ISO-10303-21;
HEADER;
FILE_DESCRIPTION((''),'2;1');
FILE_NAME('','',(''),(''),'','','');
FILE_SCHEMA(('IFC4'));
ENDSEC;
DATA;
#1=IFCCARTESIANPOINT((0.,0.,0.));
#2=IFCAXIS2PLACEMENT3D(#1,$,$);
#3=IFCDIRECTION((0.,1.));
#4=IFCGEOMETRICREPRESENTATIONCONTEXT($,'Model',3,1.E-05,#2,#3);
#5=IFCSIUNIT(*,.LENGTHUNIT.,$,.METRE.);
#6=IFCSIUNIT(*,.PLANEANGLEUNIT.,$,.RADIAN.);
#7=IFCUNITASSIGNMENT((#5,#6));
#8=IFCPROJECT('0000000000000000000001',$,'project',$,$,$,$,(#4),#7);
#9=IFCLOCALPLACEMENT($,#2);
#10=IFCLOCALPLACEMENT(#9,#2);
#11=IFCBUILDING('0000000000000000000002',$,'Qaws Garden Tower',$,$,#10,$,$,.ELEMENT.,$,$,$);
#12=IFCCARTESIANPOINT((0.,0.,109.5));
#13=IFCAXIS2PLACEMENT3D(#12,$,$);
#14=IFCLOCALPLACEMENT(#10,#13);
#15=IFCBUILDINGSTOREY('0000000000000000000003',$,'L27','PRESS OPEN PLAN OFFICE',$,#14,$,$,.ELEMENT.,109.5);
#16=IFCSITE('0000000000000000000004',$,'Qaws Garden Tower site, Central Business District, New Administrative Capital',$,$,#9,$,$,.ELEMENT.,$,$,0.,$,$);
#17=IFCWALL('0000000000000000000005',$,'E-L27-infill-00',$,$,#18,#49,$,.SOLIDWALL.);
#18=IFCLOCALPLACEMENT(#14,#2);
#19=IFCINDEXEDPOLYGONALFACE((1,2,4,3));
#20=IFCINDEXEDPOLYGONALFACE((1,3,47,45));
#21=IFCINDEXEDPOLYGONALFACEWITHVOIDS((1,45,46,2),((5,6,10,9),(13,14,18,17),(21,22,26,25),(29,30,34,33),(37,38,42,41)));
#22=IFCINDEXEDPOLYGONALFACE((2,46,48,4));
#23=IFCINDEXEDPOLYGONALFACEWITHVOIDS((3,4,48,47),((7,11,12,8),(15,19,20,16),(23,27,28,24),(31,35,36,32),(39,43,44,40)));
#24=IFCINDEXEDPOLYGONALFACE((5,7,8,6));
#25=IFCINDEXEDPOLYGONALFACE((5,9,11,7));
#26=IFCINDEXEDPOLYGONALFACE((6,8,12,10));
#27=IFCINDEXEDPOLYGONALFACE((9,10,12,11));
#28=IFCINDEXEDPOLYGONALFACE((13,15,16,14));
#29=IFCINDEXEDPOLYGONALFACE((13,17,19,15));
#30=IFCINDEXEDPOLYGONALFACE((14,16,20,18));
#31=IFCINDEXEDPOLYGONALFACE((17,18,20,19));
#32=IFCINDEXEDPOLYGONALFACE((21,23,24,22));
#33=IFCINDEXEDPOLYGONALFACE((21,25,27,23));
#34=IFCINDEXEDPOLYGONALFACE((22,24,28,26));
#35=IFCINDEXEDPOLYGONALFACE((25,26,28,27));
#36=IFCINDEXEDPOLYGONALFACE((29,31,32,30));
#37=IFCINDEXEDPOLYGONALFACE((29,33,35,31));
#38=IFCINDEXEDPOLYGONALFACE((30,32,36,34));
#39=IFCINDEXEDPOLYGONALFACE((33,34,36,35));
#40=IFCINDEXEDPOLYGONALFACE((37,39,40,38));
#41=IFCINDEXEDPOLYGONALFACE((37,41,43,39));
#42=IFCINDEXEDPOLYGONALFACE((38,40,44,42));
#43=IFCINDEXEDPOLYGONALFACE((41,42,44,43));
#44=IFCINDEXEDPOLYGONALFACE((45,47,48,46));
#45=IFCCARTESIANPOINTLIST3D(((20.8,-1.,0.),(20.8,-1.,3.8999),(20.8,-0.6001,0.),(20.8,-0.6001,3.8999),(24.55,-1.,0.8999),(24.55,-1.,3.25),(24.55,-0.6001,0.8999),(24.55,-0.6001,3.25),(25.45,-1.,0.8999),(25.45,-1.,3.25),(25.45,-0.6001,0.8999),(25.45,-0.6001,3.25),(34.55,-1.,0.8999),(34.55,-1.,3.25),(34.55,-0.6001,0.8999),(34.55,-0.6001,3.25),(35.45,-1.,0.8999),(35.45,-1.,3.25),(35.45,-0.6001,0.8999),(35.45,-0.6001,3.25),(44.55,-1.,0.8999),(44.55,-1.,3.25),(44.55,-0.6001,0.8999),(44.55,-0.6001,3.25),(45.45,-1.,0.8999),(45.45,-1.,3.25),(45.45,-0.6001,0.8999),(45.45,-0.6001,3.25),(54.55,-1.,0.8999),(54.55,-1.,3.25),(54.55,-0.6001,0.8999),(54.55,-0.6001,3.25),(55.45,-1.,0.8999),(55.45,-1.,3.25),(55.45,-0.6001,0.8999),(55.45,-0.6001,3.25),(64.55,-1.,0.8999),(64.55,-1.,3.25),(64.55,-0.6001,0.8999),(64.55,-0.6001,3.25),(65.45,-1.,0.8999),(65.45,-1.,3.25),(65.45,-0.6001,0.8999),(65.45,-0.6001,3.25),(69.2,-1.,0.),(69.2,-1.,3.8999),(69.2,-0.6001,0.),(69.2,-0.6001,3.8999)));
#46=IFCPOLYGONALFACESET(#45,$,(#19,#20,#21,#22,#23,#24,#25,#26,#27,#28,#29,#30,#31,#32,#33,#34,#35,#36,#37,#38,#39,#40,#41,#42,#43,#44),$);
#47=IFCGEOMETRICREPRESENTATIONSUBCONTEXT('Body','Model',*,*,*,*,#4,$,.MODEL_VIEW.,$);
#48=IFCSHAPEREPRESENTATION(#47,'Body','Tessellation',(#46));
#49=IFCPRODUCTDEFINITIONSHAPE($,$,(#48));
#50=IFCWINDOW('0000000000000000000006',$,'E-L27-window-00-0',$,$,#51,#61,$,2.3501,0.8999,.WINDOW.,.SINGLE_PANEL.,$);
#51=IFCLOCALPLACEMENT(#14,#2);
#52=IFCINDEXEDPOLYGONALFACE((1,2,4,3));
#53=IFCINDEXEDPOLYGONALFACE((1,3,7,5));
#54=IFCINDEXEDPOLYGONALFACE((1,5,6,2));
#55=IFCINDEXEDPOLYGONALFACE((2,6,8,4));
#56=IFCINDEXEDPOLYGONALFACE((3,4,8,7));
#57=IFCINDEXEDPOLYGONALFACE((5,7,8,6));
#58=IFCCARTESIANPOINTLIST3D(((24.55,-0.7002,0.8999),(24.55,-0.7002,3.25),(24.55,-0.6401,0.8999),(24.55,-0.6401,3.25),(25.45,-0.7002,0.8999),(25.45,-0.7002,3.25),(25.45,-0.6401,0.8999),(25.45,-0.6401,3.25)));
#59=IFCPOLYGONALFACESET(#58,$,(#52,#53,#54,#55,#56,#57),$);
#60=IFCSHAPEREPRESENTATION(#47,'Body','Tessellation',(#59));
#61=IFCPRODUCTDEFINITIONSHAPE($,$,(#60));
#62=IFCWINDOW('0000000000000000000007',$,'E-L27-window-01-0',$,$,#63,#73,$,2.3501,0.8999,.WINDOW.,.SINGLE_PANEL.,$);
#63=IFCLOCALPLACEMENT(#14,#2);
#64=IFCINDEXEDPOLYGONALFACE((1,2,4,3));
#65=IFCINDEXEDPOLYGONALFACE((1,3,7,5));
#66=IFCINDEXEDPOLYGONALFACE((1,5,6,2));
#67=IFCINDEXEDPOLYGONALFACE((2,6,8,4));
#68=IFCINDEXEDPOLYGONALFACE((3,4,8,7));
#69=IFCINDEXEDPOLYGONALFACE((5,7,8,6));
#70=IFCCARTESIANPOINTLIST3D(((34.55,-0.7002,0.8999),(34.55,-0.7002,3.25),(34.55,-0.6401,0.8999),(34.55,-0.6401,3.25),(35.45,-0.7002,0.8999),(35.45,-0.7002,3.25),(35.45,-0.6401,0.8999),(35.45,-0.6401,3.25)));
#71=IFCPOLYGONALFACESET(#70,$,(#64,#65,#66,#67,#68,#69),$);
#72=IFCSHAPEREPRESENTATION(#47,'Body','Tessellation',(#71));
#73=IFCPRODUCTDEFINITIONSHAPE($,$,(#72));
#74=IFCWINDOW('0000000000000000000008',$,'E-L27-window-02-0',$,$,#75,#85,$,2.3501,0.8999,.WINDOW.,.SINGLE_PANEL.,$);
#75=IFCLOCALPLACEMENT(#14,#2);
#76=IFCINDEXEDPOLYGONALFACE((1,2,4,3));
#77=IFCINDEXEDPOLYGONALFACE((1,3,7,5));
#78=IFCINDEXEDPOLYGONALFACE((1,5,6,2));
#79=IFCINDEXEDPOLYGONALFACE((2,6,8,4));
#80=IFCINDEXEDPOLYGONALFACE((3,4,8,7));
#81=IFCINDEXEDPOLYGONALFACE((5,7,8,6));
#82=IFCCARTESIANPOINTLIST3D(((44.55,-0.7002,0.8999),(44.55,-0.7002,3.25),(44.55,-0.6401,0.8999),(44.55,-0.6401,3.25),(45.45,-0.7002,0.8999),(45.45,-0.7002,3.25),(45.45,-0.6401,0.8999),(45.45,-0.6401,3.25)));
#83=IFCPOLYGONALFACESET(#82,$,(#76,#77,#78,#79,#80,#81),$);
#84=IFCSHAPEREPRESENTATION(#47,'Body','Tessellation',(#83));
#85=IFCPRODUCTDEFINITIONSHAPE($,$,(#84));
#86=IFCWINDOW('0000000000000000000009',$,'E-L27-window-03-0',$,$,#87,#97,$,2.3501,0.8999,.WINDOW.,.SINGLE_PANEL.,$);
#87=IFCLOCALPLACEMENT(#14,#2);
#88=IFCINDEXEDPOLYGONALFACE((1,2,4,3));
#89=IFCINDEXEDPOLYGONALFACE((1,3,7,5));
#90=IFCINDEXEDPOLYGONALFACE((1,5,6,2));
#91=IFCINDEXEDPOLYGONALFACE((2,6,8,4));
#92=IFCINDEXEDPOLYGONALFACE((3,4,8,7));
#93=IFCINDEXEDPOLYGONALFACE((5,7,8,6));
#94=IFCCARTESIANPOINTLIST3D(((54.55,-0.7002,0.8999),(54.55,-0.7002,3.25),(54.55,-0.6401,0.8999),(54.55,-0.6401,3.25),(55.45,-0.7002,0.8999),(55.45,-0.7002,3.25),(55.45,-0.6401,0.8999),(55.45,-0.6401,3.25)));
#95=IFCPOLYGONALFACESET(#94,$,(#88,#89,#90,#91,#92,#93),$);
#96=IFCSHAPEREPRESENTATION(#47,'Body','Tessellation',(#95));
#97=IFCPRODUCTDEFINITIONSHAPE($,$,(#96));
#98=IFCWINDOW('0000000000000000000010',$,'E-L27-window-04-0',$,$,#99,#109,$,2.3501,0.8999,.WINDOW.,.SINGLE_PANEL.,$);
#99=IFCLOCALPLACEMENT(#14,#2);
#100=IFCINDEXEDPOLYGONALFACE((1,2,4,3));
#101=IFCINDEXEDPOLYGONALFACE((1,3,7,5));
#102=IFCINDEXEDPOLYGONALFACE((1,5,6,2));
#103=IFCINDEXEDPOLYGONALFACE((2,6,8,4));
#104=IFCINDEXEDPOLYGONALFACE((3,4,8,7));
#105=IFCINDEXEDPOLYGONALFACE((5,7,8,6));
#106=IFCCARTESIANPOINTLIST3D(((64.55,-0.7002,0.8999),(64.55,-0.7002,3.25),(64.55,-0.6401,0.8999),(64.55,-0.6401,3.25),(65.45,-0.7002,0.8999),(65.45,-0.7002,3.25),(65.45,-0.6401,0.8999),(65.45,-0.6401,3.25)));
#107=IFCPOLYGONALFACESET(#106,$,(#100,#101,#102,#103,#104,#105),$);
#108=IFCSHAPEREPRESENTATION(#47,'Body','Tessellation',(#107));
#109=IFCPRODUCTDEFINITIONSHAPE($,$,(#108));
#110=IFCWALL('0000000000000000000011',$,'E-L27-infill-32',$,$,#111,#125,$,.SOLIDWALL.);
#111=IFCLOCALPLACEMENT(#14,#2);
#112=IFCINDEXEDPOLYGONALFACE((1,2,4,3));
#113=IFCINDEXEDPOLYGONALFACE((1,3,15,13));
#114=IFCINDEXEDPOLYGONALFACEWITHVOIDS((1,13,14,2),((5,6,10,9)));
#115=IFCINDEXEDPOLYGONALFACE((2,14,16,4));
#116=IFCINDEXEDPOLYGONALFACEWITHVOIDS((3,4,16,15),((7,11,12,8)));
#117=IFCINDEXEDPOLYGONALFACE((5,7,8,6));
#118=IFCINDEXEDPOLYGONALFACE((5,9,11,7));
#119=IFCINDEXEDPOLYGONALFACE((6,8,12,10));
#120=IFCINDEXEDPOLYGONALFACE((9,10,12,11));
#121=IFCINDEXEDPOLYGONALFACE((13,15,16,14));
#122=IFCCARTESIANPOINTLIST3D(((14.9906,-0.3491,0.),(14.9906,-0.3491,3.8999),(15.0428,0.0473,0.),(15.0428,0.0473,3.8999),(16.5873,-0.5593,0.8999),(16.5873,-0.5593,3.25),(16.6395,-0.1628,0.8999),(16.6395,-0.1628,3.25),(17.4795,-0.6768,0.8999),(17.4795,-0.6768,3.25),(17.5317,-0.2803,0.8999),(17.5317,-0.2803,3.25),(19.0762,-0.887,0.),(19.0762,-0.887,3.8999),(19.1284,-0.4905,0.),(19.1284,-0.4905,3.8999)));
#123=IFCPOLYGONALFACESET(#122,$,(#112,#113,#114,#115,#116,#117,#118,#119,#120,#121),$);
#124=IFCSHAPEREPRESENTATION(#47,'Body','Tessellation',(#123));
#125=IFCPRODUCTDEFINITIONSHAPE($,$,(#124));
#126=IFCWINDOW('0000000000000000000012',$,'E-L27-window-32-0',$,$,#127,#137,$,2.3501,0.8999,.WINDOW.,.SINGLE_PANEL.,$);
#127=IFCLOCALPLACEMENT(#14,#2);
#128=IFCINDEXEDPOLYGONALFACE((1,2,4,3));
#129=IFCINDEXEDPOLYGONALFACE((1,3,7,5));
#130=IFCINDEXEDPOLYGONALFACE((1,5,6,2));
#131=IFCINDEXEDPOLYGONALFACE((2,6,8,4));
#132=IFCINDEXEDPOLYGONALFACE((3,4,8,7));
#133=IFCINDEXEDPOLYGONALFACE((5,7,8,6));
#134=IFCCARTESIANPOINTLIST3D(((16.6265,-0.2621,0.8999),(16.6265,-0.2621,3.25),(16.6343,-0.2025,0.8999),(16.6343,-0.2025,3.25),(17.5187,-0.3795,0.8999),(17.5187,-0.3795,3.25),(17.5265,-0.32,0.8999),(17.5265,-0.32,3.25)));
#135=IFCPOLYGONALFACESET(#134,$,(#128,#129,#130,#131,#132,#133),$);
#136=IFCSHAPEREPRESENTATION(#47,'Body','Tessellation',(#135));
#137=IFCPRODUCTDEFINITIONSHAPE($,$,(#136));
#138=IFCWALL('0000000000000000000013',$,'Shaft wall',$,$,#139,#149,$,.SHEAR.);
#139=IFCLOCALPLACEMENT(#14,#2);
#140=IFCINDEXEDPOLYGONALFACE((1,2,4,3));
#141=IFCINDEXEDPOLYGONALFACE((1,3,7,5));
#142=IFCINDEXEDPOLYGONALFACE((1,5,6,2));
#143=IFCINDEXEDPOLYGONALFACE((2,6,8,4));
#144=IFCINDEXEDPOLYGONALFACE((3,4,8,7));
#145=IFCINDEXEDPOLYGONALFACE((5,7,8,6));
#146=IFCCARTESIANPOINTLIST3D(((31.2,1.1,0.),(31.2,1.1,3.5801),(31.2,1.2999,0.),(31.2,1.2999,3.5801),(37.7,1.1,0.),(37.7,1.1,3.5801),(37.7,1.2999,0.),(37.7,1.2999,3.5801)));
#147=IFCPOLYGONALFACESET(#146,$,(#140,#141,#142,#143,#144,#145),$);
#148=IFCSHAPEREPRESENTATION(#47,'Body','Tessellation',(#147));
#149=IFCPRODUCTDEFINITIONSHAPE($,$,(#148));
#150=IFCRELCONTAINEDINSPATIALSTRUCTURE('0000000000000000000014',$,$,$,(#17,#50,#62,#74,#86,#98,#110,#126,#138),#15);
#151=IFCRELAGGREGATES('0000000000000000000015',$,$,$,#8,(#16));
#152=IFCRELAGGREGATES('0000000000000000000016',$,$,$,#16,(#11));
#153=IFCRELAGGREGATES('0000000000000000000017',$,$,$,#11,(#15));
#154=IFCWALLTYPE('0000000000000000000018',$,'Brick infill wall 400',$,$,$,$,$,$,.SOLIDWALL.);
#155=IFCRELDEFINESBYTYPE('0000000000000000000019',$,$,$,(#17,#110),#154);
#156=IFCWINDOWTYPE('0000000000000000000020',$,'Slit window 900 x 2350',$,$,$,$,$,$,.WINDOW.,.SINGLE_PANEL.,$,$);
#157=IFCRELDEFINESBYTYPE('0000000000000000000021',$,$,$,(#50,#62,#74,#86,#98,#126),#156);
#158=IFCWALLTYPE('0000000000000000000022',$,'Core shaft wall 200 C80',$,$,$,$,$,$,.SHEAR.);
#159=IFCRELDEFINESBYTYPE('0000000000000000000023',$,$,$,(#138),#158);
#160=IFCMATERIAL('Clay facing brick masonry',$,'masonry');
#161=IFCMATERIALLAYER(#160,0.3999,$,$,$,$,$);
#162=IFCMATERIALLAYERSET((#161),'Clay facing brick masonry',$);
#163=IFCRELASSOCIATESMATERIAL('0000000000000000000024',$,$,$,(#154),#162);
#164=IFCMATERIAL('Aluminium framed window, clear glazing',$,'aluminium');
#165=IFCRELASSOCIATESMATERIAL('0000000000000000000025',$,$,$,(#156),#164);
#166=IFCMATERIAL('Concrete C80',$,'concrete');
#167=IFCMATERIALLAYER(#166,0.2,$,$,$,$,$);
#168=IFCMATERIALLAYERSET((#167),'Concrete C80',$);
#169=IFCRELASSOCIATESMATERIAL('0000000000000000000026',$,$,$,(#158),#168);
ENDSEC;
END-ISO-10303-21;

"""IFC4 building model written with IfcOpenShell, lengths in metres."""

from ifc_helpers import new_model, si_unit, direction, frame, frame_2d, origin, place, context, subcontext, project, spatial, rectangle, extrude, material, layer, layer_set, type_object, element, fill, save


model = new_model("IFC4")

# Units and contexts
model_context = context("Model", 3, precision=1e-05, world=origin(), true_north=direction((0.0, 1.0)))
body_context = subcontext(model_context, "Body", "Model", "MODEL_VIEW")
ifc_project = project(units=[si_unit("LENGTHUNIT", "METRE"), si_unit("PLANEANGLEUNIT", "RADIAN")], contexts=[model_context])

# Site, building, storey
site_placement = place(None, origin())
site = spatial("IfcSite", under=ifc_project, at=site_placement, Name="Qaws Garden Tower site, Central Business District, New Administrative Capital", CompositionType="ELEMENT", RefElevation=0.0)
building_placement = place(site_placement, origin())
building = spatial("IfcBuilding", under=site, at=building_placement, Name="Qaws Garden Tower", CompositionType="ELEMENT")
storey_placement = place(building_placement, frame((0.0, 0.0, 109.5)))
storey = spatial("IfcBuildingStorey", under=building, at=storey_placement, Name="L27", Description="PRESS OPEN PLAN OFFICE", CompositionType="ELEMENT", Elevation=109.5)

# Wall, openings, windows
ifc_material_1 = material(Name="Clay facing brick masonry", Category="masonry")
ifc_layer_1 = layer(ifc_material_1, 0.3999)
ifc_layer_set_1 = layer_set([ifc_layer_1], Name="Clay facing brick masonry")
wall_type_1 = type_object("IfcWallType", Name="Brick infill wall 400", PredefinedType="SOLIDWALL", material=ifc_layer_set_1)
wall_1_placement = place(storey_placement, frame((20.8, -0.8, 0.0), z_axis=(0.0, 0.0, 1.0), x_axis=(1.0, 0.0, 0.0)))
wall_1 = element("IfcWall", 1, at=wall_1_placement, inside=storey, type_object=wall_type_1, Name="E-L27-infill-00", PredefinedType="SOLIDWALL", context=body_context, shape_type="SweptSolid", body=[
    extrude(rectangle(XDim=48.3999, YDim=0.3999, at=frame_2d((24.2, 0.0))), origin(), (0.0, 0.0, 1.0), 3.8999),
])
opening_1_placement = place(wall_1_placement, frame((3.75, 0.0, 0.8999)))
opening_1 = element("IfcOpeningElement", 2, at=opening_1_placement, cuts=wall_1, PredefinedType="OPENING", context=body_context, shape_type="SweptSolid", body=[
    extrude(rectangle(XDim=0.8999, YDim=2.3501, at=frame_2d((0.45, 1.175))), frame((0.0, 0.21, 0.0), z_axis=(0.0, -1.0, 0.0), x_axis=(1.0, 0.0, 0.0)), (0.0, 0.0, 1.0), 0.4199),
])
opening_2_placement = place(wall_1_placement, frame((13.75, 0.0, 0.8999)))
opening_2 = element("IfcOpeningElement", 3, at=opening_2_placement, cuts=wall_1, PredefinedType="OPENING", context=body_context, shape_type="SweptSolid", body=[
    extrude(rectangle(XDim=0.8999, YDim=2.3501, at=frame_2d((0.45, 1.175))), frame((0.0, 0.21, 0.0), z_axis=(0.0, -1.0, 0.0), x_axis=(1.0, 0.0, 0.0)), (0.0, 0.0, 1.0), 0.4199),
])
opening_3_placement = place(wall_1_placement, frame((23.75, 0.0, 0.8999)))
opening_3 = element("IfcOpeningElement", 4, at=opening_3_placement, cuts=wall_1, PredefinedType="OPENING", context=body_context, shape_type="SweptSolid", body=[
    extrude(rectangle(XDim=0.8999, YDim=2.3501, at=frame_2d((0.45, 1.175))), frame((0.0, 0.21, 0.0), z_axis=(0.0, -1.0, 0.0), x_axis=(1.0, 0.0, 0.0)), (0.0, 0.0, 1.0), 0.4199),
])
opening_4_placement = place(wall_1_placement, frame((33.75, 0.0, 0.8999)))
opening_4 = element("IfcOpeningElement", 5, at=opening_4_placement, cuts=wall_1, PredefinedType="OPENING", context=body_context, shape_type="SweptSolid", body=[
    extrude(rectangle(XDim=0.8999, YDim=2.3501, at=frame_2d((0.45, 1.175))), frame((0.0, 0.21, 0.0), z_axis=(0.0, -1.0, 0.0), x_axis=(1.0, 0.0, 0.0)), (0.0, 0.0, 1.0), 0.4199),
])
opening_5_placement = place(wall_1_placement, frame((43.75, 0.0, 0.8999)))
opening_5 = element("IfcOpeningElement", 6, at=opening_5_placement, cuts=wall_1, PredefinedType="OPENING", context=body_context, shape_type="SweptSolid", body=[
    extrude(rectangle(XDim=0.8999, YDim=2.3501, at=frame_2d((0.45, 1.175))), frame((0.0, 0.21, 0.0), z_axis=(0.0, -1.0, 0.0), x_axis=(1.0, 0.0, 0.0)), (0.0, 0.0, 1.0), 0.4199),
])
ifc_material_2 = material(Name="Aluminium framed window, clear glazing", Category="aluminium")
window_type = type_object("IfcWindowType", Name="Slit window 900 x 2350", PartitioningType="SINGLE_PANEL", PredefinedType="WINDOW", material=ifc_material_2)
window_1_placement = place(opening_1_placement, origin())
window_1 = element("IfcWindow", 7, at=window_1_placement, inside=storey, type_object=window_type, Name="E-L27-window-00-0", OverallHeight=2.3501, OverallWidth=0.8999, PartitioningType="SINGLE_PANEL", PredefinedType="WINDOW", context=body_context, shape_type="SweptSolid", body=[
    extrude(rectangle(XDim=0.8999, YDim=2.3501, at=frame_2d((0.45, 1.175))), frame((0.0, 0.1599, 0.0), z_axis=(0.0, -1.0, 0.0), x_axis=(1.0, 0.0, 0.0)), (0.0, 0.0, 1.0), 0.0601),
])
fill(opening_1, window_1)
window_2_placement = place(opening_2_placement, origin())
window_2 = element("IfcWindow", 8, at=window_2_placement, inside=storey, type_object=window_type, Name="E-L27-window-01-0", OverallHeight=2.3501, OverallWidth=0.8999, PartitioningType="SINGLE_PANEL", PredefinedType="WINDOW", context=body_context, shape_type="SweptSolid", body=[
    extrude(rectangle(XDim=0.8999, YDim=2.3501, at=frame_2d((0.45, 1.175))), frame((0.0, 0.1599, 0.0), z_axis=(0.0, -1.0, 0.0), x_axis=(1.0, 0.0, 0.0)), (0.0, 0.0, 1.0), 0.0601),
])
fill(opening_2, window_2)
window_3_placement = place(opening_3_placement, origin())
window_3 = element("IfcWindow", 9, at=window_3_placement, inside=storey, type_object=window_type, Name="E-L27-window-02-0", OverallHeight=2.3501, OverallWidth=0.8999, PartitioningType="SINGLE_PANEL", PredefinedType="WINDOW", context=body_context, shape_type="SweptSolid", body=[
    extrude(rectangle(XDim=0.8999, YDim=2.3501, at=frame_2d((0.45, 1.175))), frame((0.0, 0.1599, 0.0), z_axis=(0.0, -1.0, 0.0), x_axis=(1.0, 0.0, 0.0)), (0.0, 0.0, 1.0), 0.0601),
])
fill(opening_3, window_3)
window_4_placement = place(opening_4_placement, origin())
window_4 = element("IfcWindow", 10, at=window_4_placement, inside=storey, type_object=window_type, Name="E-L27-window-03-0", OverallHeight=2.3501, OverallWidth=0.8999, PartitioningType="SINGLE_PANEL", PredefinedType="WINDOW", context=body_context, shape_type="SweptSolid", body=[
    extrude(rectangle(XDim=0.8999, YDim=2.3501, at=frame_2d((0.45, 1.175))), frame((0.0, 0.1599, 0.0), z_axis=(0.0, -1.0, 0.0), x_axis=(1.0, 0.0, 0.0)), (0.0, 0.0, 1.0), 0.0601),
])
fill(opening_4, window_4)
window_5_placement = place(opening_5_placement, origin())
window_5 = element("IfcWindow", 11, at=window_5_placement, inside=storey, type_object=window_type, Name="E-L27-window-04-0", OverallHeight=2.3501, OverallWidth=0.8999, PartitioningType="SINGLE_PANEL", PredefinedType="WINDOW", context=body_context, shape_type="SweptSolid", body=[
    extrude(rectangle(XDim=0.8999, YDim=2.3501, at=frame_2d((0.45, 1.175))), frame((0.0, 0.1599, 0.0), z_axis=(0.0, -1.0, 0.0), x_axis=(1.0, 0.0, 0.0)), (0.0, 0.0, 1.0), 0.0601),
])
fill(opening_5, window_5)

# Wall, opening, window
wall_2_placement = place(storey_placement, frame((15.0166, -0.1509, 0.0), z_axis=(0.0, 0.0, 1.0), x_axis=(0.991446, -0.130514, 0.0)))
wall_2 = element("IfcWall", 12, at=wall_2_placement, inside=storey, type_object=wall_type_1, Name="E-L27-infill-32", PredefinedType="SOLIDWALL", context=body_context, shape_type="SweptSolid", body=[
    extrude(rectangle(XDim=4.1208, YDim=0.3999, at=frame_2d((2.0605, 0.0))), origin(), (0.0, 0.0, 1.0), 3.8999),
])
opening_6_placement = place(wall_2_placement, frame((1.6106, 0.0, 0.8999)))
opening_6 = element("IfcOpeningElement", 13, at=opening_6_placement, cuts=wall_2, PredefinedType="OPENING", context=body_context, shape_type="SweptSolid", body=[
    extrude(rectangle(XDim=0.8999, YDim=2.3501, at=frame_2d((0.45, 1.175))), frame((0.0, 0.21, 0.0), z_axis=(0.0, -1.0, 0.0), x_axis=(1.0, 0.0, 0.0)), (0.0, 0.0, 1.0), 0.4199),
])
window_6_placement = place(opening_6_placement, origin())
window_6 = element("IfcWindow", 14, at=window_6_placement, inside=storey, type_object=window_type, Name="E-L27-window-32-0", OverallHeight=2.3501, OverallWidth=0.8999, PartitioningType="SINGLE_PANEL", PredefinedType="WINDOW", context=body_context, shape_type="SweptSolid", body=[
    extrude(rectangle(XDim=0.8999, YDim=2.3501, at=frame_2d((0.45, 1.175))), frame((0.0, 0.1599, 0.0), z_axis=(0.0, -1.0, 0.0), x_axis=(1.0, 0.0, 0.0)), (0.0, 0.0, 1.0), 0.0601),
])
fill(opening_6, window_6)

# Wall
ifc_material_3 = material(Name="Concrete C80", Category="concrete")
ifc_layer_2 = layer(ifc_material_3, 0.2)
ifc_layer_set_2 = layer_set([ifc_layer_2], Name="Concrete C80")
wall_type_2 = type_object("IfcWallType", Name="Core shaft wall 200 C80", PredefinedType="SHEAR", material=ifc_layer_set_2)
wall_3_placement = place(storey_placement, frame((31.2, 1.2, 0.0), z_axis=(0.0, 0.0, 1.0), x_axis=(1.0, 0.0, 0.0)))
element("IfcWall", 15, at=wall_3_placement, inside=storey, type_object=wall_type_2, Name="Shaft wall", PredefinedType="SHEAR", context=body_context, shape_type="SweptSolid", body=[
    extrude(rectangle(XDim=6.5, YDim=0.2, at=frame_2d((3.25, 0.0))), origin(), (0.0, 0.0, 1.0), 3.5801),
])

save(model, "model.ifc")
